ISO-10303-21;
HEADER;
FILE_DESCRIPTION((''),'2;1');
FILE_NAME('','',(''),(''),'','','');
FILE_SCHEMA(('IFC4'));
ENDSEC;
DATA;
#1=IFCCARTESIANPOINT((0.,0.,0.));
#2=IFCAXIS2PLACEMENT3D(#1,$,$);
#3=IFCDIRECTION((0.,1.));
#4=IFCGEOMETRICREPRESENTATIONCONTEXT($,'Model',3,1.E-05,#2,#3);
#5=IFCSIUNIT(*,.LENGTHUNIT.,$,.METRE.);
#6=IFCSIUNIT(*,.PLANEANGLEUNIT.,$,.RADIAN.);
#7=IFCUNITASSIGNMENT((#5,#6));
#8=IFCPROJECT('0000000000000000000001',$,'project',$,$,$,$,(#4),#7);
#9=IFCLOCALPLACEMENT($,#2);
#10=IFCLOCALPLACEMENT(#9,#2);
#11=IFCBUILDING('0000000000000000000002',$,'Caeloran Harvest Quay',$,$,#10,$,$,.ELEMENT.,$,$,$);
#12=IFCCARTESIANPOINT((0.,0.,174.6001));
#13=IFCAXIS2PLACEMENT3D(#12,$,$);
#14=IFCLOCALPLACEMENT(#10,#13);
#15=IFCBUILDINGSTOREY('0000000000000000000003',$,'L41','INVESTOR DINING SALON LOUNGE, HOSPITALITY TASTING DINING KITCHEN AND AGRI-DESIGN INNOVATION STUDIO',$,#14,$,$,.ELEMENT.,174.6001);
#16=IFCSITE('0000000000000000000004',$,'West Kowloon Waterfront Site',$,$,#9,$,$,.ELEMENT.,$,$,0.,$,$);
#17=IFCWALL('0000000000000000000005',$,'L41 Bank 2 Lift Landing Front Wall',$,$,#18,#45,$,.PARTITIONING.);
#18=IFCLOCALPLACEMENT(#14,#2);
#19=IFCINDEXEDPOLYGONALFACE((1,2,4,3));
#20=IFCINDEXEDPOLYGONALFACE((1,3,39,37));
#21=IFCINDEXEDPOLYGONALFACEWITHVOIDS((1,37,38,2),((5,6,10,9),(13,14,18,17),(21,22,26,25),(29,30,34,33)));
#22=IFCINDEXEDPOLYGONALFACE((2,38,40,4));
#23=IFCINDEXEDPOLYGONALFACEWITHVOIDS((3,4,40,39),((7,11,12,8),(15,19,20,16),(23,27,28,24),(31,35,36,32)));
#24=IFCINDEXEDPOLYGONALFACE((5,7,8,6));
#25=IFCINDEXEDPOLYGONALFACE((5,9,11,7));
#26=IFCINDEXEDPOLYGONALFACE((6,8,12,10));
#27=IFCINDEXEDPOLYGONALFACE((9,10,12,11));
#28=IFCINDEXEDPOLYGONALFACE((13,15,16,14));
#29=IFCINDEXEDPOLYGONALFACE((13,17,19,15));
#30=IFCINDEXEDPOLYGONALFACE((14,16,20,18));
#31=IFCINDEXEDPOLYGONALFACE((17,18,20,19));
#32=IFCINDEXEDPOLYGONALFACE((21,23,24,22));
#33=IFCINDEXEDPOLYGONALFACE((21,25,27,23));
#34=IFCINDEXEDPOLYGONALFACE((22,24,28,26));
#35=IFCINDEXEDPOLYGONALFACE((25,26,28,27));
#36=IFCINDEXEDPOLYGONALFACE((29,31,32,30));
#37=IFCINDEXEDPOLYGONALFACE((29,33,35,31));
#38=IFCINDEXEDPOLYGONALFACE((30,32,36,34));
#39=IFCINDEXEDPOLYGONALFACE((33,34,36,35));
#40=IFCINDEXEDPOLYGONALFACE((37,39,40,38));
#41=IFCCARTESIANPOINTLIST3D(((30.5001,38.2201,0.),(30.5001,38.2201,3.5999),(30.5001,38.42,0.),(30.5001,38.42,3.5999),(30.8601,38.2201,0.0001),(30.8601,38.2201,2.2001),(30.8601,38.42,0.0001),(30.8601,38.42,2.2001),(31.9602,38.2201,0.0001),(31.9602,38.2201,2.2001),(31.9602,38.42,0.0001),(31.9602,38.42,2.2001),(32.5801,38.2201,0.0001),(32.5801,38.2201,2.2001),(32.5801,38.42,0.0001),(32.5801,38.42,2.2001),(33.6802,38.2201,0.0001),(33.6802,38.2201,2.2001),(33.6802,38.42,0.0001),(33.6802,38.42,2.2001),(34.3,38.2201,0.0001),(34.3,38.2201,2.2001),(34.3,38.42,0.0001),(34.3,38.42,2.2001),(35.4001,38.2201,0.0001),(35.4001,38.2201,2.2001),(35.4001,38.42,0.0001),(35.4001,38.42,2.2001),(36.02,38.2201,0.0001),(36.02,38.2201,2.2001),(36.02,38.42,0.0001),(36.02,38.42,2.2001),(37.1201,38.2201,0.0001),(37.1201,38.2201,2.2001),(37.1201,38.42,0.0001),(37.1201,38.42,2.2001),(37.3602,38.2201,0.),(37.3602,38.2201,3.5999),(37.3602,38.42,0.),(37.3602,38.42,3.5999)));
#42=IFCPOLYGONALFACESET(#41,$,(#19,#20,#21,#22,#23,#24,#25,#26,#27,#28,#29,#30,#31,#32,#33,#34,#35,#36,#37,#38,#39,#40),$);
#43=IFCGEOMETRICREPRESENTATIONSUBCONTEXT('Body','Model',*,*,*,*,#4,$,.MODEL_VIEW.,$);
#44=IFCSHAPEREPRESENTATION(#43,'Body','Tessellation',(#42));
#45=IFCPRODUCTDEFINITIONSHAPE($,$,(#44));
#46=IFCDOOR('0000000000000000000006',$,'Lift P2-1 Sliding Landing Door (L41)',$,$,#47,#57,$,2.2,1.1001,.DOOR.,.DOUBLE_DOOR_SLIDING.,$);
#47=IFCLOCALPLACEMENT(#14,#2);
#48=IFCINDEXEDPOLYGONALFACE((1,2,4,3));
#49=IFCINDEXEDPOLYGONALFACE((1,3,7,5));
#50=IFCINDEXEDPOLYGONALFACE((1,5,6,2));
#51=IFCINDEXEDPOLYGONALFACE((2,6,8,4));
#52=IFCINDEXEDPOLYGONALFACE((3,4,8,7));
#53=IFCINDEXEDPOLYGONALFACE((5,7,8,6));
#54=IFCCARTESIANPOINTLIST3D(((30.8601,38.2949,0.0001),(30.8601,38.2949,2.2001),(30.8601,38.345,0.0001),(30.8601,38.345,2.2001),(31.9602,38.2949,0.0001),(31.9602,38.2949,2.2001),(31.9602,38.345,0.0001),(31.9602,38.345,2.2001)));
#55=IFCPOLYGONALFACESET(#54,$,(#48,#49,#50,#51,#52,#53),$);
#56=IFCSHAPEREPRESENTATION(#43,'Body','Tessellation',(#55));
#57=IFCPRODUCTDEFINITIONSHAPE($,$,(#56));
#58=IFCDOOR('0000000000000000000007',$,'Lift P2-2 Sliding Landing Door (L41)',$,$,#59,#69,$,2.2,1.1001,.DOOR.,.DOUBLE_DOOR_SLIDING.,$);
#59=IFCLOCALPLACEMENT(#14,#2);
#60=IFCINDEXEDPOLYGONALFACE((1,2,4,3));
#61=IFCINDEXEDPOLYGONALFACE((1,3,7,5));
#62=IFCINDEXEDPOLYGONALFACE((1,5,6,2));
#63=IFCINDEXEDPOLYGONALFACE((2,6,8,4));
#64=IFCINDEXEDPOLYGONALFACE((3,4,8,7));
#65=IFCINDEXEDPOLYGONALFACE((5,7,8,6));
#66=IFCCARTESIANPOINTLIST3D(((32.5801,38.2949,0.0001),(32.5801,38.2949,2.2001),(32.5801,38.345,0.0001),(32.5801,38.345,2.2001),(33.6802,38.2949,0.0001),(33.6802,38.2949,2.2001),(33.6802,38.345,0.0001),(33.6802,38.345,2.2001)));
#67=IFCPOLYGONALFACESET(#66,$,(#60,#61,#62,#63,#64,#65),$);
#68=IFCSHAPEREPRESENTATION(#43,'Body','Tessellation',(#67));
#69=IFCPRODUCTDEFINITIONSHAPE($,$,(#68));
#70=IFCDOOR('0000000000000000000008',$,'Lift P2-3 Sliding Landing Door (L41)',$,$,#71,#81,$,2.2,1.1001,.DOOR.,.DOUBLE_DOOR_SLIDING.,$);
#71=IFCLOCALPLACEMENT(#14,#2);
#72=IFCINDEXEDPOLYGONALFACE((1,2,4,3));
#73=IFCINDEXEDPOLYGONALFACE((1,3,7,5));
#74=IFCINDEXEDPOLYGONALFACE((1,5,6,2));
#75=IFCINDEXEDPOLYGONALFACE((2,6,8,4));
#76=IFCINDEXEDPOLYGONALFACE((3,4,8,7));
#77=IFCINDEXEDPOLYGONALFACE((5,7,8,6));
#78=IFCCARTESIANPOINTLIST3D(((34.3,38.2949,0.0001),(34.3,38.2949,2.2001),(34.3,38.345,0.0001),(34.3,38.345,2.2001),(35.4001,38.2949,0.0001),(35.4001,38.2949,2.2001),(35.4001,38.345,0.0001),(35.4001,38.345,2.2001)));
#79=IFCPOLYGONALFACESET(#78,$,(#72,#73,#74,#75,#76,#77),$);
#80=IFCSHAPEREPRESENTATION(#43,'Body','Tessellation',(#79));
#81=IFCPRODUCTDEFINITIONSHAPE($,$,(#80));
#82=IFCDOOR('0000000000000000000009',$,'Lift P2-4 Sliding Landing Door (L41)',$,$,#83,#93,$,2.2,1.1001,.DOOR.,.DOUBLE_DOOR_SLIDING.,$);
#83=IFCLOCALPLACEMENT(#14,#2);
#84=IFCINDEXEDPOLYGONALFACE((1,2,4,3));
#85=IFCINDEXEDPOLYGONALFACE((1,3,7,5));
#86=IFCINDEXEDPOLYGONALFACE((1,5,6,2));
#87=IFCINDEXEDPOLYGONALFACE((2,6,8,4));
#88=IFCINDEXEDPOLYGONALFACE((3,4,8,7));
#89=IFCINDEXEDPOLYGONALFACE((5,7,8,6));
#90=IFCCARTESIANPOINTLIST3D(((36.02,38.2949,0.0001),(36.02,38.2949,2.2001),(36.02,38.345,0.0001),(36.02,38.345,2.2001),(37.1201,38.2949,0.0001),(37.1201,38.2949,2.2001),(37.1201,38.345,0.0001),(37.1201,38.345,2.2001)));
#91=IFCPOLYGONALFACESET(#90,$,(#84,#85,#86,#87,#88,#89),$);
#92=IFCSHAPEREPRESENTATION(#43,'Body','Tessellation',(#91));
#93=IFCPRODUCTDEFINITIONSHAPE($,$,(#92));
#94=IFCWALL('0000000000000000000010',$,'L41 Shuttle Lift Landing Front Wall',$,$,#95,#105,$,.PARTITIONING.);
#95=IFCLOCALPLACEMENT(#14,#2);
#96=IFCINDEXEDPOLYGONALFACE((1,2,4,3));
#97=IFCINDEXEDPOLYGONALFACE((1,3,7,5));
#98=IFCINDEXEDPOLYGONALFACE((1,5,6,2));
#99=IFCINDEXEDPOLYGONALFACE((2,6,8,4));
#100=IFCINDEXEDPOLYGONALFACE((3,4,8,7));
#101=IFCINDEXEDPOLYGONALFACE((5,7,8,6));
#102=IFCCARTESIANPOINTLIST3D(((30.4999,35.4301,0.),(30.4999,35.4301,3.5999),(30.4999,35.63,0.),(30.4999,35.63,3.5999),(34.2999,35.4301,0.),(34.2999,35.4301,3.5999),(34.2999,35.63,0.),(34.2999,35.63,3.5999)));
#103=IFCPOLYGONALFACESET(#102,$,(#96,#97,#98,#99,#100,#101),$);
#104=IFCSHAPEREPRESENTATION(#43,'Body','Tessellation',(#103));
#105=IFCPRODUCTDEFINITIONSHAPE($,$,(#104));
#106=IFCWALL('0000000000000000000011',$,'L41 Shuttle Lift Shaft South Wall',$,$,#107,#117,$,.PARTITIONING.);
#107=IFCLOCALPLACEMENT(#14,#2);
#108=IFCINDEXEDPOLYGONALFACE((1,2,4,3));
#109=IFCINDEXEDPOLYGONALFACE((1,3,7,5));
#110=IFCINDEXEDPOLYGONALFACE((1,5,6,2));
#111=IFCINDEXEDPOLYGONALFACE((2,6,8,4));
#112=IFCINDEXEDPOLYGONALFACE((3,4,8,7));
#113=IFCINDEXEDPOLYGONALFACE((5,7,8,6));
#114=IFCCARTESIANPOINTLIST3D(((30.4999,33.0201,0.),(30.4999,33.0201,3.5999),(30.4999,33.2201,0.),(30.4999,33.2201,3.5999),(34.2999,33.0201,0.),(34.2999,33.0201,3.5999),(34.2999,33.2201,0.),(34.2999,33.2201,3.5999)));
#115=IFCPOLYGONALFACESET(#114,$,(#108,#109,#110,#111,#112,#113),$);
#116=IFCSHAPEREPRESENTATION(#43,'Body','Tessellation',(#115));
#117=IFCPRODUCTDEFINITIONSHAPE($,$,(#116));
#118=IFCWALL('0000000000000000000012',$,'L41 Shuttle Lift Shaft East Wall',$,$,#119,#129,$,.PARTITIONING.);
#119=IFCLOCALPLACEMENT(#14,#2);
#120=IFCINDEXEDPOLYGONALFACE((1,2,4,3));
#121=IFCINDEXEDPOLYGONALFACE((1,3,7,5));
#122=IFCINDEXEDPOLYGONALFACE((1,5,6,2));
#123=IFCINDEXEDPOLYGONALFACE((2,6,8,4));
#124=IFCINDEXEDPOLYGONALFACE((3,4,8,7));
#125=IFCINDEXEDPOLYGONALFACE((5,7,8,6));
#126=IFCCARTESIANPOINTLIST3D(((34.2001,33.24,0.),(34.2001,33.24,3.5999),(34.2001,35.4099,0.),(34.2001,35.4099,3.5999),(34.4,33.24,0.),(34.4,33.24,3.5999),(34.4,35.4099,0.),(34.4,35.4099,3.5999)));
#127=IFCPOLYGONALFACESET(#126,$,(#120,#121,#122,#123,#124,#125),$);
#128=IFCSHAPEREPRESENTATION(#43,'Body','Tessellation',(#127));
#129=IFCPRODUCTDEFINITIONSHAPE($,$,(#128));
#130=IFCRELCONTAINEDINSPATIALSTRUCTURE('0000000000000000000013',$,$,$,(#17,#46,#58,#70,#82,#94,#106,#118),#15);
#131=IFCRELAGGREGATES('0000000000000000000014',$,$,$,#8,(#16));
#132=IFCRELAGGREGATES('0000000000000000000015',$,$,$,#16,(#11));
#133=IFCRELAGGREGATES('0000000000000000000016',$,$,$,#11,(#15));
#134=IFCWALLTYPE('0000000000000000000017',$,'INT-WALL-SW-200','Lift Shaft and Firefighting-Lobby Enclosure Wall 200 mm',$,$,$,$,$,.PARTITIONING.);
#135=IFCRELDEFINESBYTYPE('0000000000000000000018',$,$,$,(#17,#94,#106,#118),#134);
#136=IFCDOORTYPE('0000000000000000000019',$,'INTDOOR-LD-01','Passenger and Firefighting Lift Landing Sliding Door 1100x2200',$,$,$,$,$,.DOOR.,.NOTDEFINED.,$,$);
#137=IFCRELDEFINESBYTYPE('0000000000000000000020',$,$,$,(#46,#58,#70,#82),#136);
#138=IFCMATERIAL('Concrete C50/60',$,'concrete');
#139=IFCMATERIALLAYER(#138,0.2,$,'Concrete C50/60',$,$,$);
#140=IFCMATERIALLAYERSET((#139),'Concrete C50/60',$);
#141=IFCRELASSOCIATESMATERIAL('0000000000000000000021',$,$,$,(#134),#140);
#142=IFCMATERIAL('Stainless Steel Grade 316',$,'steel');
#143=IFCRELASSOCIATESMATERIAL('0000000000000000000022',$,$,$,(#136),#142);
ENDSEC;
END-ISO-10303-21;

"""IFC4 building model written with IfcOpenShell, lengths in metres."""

from ifc_helpers import new_model, si_unit, direction, frame, frame_2d, origin, place, context, subcontext, project, spatial, rectangle, extrude, material, layer, layer_set, type_object, element, fill, save


model = new_model("IFC4")

# Units and contexts
model_context = context("Model", 3, precision=1e-05, world=origin(), true_north=direction((0.0, 1.0)))
body_context = subcontext(model_context, "Body", "Model", "MODEL_VIEW")
ifc_project = project(units=[si_unit("LENGTHUNIT", "METRE"), si_unit("PLANEANGLEUNIT", "RADIAN")], contexts=[model_context])

# Site, building, storey
site_placement = place(None, origin())
site = spatial("IfcSite", under=ifc_project, at=site_placement, Name="West Kowloon Waterfront Site", CompositionType="ELEMENT", RefElevation=0.0)
building_placement = place(site_placement, origin())
building = spatial("IfcBuilding", under=site, at=building_placement, Name="Caeloran Harvest Quay", CompositionType="ELEMENT")
storey_placement = place(building_placement, frame((0.0, 0.0, 174.6001)))
storey = spatial("IfcBuildingStorey", under=building, at=storey_placement, Name="L41", Description="INVESTOR DINING SALON LOUNGE, HOSPITALITY TASTING DINING KITCHEN AND AGRI-DESIGN INNOVATION STUDIO", CompositionType="ELEMENT", Elevation=174.6001)

# Shared definitions
ifc_material_1 = material(Name="Concrete C50/60", Category="concrete")
ifc_layer_1 = layer(ifc_material_1, 0.2, Name="Concrete C50/60")
ifc_layer_set_1 = layer_set([ifc_layer_1], Name="Concrete C50/60")
wall_type_1 = type_object("IfcWallType", Name="INT-WALL-SW-200", Description="Lift Shaft and Firefighting-Lobby Enclosure Wall 200 mm", PredefinedType="PARTITIONING", material=ifc_layer_set_1)

# Wall, openings, doors
wall_1_placement = place(storey_placement, frame((30.5, 38.3201, 0.0), z_axis=(0.0, 0.0, 1.0), x_axis=(1.0, 0.0, 0.0)))
wall_1 = element("IfcWall", 1, at=wall_1_placement, inside=storey, type_object=wall_type_1, Name="L41 Bank 2 Lift Landing Front Wall", PredefinedType="PARTITIONING", context=body_context, shape_type="SweptSolid", body=[
    extrude(rectangle(XDim=6.8601, YDim=0.2, at=frame_2d((3.4302, 0.0))), origin(), (0.0, 0.0, 1.0), 3.5999),
])
opening_1_placement = place(wall_1_placement, frame((0.3601, 0.0, 0.0)))
opening_1 = element("IfcOpeningElement", 2, at=opening_1_placement, cuts=wall_1, PredefinedType="OPENING", context=body_context, shape_type="SweptSolid", body=[
    extrude(rectangle(XDim=1.1001, YDim=2.2, at=frame_2d((0.55, 1.1001))), frame((0.0, 0.1099, 0.0), z_axis=(0.0, -1.0, 0.0), x_axis=(1.0, 0.0, 0.0)), (0.0, 0.0, 1.0), 0.22),
])
opening_2_placement = place(wall_1_placement, frame((2.0801, 0.0, 0.0)))
opening_2 = element("IfcOpeningElement", 3, at=opening_2_placement, cuts=wall_1, PredefinedType="OPENING", context=body_context, shape_type="SweptSolid", body=[
    extrude(rectangle(XDim=1.1001, YDim=2.2, at=frame_2d((0.55, 1.1001))), frame((0.0, 0.1099, 0.0), z_axis=(0.0, -1.0, 0.0), x_axis=(1.0, 0.0, 0.0)), (0.0, 0.0, 1.0), 0.22),
])
opening_3_placement = place(wall_1_placement, frame((3.8, 0.0, 0.0)))
opening_3 = element("IfcOpeningElement", 4, at=opening_3_placement, cuts=wall_1, PredefinedType="OPENING", context=body_context, shape_type="SweptSolid", body=[
    extrude(rectangle(XDim=1.1001, YDim=2.2, at=frame_2d((0.55, 1.1001))), frame((0.0, 0.1099, 0.0), z_axis=(0.0, -1.0, 0.0), x_axis=(1.0, 0.0, 0.0)), (0.0, 0.0, 1.0), 0.22),
])
opening_4_placement = place(wall_1_placement, frame((5.52, 0.0, 0.0)))
opening_4 = element("IfcOpeningElement", 5, at=opening_4_placement, cuts=wall_1, PredefinedType="OPENING", context=body_context, shape_type="SweptSolid", body=[
    extrude(rectangle(XDim=1.1001, YDim=2.2, at=frame_2d((0.55, 1.1001))), frame((0.0, 0.1099, 0.0), z_axis=(0.0, -1.0, 0.0), x_axis=(1.0, 0.0, 0.0)), (0.0, 0.0, 1.0), 0.22),
])
ifc_material_2 = material(Name="Stainless Steel Grade 316", Category="steel")
door_type_1 = type_object("IfcDoorType", Name="INTDOOR-LD-01", Description="Passenger and Firefighting Lift Landing Sliding Door 1100x2200", OperationType="NOTDEFINED", PredefinedType="DOOR", material=ifc_material_2)
door_1_placement = place(opening_1_placement, origin())
door_1 = element("IfcDoor", 6, at=door_1_placement, inside=storey, type_object=door_type_1, Name="Lift P2-1 Sliding Landing Door (L41)", OperationType="DOUBLE_DOOR_SLIDING", OverallHeight=2.2, OverallWidth=1.1001, PredefinedType="DOOR", context=body_context, shape_type="SweptSolid", body=[
    extrude(rectangle(XDim=1.1001, YDim=2.2, at=frame_2d((0.55, 1.1001))), frame((0.0, 0.0249, 0.0), z_axis=(0.0, -1.0, 0.0), x_axis=(1.0, 0.0, 0.0)), (0.0, 0.0, 1.0), 0.05),
])
fill(opening_1, door_1)
door_2_placement = place(opening_2_placement, origin())
door_2 = element("IfcDoor", 7, at=door_2_placement, inside=storey, type_object=door_type_1, Name="Lift P2-2 Sliding Landing Door (L41)", OperationType="DOUBLE_DOOR_SLIDING", OverallHeight=2.2, OverallWidth=1.1001, PredefinedType="DOOR", context=body_context, shape_type="SweptSolid", body=[
    extrude(rectangle(XDim=1.1001, YDim=2.2, at=frame_2d((0.55, 1.1001))), frame((0.0, 0.0249, 0.0), z_axis=(0.0, -1.0, 0.0), x_axis=(1.0, 0.0, 0.0)), (0.0, 0.0, 1.0), 0.05),
])
fill(opening_2, door_2)
door_3_placement = place(opening_3_placement, origin())
door_3 = element("IfcDoor", 8, at=door_3_placement, inside=storey, type_object=door_type_1, Name="Lift P2-3 Sliding Landing Door (L41)", OperationType="DOUBLE_DOOR_SLIDING", OverallHeight=2.2, OverallWidth=1.1001, PredefinedType="DOOR", context=body_context, shape_type="SweptSolid", body=[
    extrude(rectangle(XDim=1.1001, YDim=2.2, at=frame_2d((0.55, 1.1001))), frame((0.0, 0.0249, 0.0), z_axis=(0.0, -1.0, 0.0), x_axis=(1.0, 0.0, 0.0)), (0.0, 0.0, 1.0), 0.05),
])
fill(opening_3, door_3)
door_4_placement = place(opening_4_placement, origin())
door_4 = element("IfcDoor", 9, at=door_4_placement, inside=storey, type_object=door_type_1, Name="Lift P2-4 Sliding Landing Door (L41)", OperationType="DOUBLE_DOOR_SLIDING", OverallHeight=2.2, OverallWidth=1.1001, PredefinedType="DOOR", context=body_context, shape_type="SweptSolid", body=[
    extrude(rectangle(XDim=1.1001, YDim=2.2, at=frame_2d((0.55, 1.1001))), frame((0.0, 0.0249, 0.0), z_axis=(0.0, -1.0, 0.0), x_axis=(1.0, 0.0, 0.0)), (0.0, 0.0, 1.0), 0.05),
])
fill(opening_4, door_4)

# Walls
for number, where, z_axis, x_axis, name in (
    (10, (30.5, 35.53, 0.0), (0.0, 0.0, 1.0), (1.0, 0.0, 0.0), "L41 Shuttle Lift Landing Front Wall"),
    (11, (30.5, 33.1201, 0.0), (0.0, 0.0, 1.0), (1.0, 0.0, 0.0), "L41 Shuttle Lift Shaft South Wall"),
):
    element("IfcWall", number, at=place(storey_placement, frame(where, z_axis=z_axis, x_axis=x_axis)), inside=storey, type_object=wall_type_1, Name=name, PredefinedType="PARTITIONING", context=body_context, shape_type="SweptSolid", body=[
        extrude(rectangle(XDim=3.8, YDim=0.2, at=frame_2d((1.8999, 0.0))), origin(), (0.0, 0.0, 1.0), 3.5999),
    ])
wall_2_placement = place(storey_placement, frame((34.3, 33.24, 0.0), z_axis=(0.0, 0.0, 1.0), x_axis=(0.0, 1.0, 0.0)))
element("IfcWall", 12, at=wall_2_placement, inside=storey, type_object=wall_type_1, Name="L41 Shuttle Lift Shaft East Wall", PredefinedType="PARTITIONING", context=body_context, shape_type="SweptSolid", body=[
    extrude(rectangle(XDim=2.1699, YDim=0.2, at=frame_2d((1.085, 0.0))), origin(), (0.0, 0.0, 1.0), 3.5999),
])

save(model, "model.ifc")
